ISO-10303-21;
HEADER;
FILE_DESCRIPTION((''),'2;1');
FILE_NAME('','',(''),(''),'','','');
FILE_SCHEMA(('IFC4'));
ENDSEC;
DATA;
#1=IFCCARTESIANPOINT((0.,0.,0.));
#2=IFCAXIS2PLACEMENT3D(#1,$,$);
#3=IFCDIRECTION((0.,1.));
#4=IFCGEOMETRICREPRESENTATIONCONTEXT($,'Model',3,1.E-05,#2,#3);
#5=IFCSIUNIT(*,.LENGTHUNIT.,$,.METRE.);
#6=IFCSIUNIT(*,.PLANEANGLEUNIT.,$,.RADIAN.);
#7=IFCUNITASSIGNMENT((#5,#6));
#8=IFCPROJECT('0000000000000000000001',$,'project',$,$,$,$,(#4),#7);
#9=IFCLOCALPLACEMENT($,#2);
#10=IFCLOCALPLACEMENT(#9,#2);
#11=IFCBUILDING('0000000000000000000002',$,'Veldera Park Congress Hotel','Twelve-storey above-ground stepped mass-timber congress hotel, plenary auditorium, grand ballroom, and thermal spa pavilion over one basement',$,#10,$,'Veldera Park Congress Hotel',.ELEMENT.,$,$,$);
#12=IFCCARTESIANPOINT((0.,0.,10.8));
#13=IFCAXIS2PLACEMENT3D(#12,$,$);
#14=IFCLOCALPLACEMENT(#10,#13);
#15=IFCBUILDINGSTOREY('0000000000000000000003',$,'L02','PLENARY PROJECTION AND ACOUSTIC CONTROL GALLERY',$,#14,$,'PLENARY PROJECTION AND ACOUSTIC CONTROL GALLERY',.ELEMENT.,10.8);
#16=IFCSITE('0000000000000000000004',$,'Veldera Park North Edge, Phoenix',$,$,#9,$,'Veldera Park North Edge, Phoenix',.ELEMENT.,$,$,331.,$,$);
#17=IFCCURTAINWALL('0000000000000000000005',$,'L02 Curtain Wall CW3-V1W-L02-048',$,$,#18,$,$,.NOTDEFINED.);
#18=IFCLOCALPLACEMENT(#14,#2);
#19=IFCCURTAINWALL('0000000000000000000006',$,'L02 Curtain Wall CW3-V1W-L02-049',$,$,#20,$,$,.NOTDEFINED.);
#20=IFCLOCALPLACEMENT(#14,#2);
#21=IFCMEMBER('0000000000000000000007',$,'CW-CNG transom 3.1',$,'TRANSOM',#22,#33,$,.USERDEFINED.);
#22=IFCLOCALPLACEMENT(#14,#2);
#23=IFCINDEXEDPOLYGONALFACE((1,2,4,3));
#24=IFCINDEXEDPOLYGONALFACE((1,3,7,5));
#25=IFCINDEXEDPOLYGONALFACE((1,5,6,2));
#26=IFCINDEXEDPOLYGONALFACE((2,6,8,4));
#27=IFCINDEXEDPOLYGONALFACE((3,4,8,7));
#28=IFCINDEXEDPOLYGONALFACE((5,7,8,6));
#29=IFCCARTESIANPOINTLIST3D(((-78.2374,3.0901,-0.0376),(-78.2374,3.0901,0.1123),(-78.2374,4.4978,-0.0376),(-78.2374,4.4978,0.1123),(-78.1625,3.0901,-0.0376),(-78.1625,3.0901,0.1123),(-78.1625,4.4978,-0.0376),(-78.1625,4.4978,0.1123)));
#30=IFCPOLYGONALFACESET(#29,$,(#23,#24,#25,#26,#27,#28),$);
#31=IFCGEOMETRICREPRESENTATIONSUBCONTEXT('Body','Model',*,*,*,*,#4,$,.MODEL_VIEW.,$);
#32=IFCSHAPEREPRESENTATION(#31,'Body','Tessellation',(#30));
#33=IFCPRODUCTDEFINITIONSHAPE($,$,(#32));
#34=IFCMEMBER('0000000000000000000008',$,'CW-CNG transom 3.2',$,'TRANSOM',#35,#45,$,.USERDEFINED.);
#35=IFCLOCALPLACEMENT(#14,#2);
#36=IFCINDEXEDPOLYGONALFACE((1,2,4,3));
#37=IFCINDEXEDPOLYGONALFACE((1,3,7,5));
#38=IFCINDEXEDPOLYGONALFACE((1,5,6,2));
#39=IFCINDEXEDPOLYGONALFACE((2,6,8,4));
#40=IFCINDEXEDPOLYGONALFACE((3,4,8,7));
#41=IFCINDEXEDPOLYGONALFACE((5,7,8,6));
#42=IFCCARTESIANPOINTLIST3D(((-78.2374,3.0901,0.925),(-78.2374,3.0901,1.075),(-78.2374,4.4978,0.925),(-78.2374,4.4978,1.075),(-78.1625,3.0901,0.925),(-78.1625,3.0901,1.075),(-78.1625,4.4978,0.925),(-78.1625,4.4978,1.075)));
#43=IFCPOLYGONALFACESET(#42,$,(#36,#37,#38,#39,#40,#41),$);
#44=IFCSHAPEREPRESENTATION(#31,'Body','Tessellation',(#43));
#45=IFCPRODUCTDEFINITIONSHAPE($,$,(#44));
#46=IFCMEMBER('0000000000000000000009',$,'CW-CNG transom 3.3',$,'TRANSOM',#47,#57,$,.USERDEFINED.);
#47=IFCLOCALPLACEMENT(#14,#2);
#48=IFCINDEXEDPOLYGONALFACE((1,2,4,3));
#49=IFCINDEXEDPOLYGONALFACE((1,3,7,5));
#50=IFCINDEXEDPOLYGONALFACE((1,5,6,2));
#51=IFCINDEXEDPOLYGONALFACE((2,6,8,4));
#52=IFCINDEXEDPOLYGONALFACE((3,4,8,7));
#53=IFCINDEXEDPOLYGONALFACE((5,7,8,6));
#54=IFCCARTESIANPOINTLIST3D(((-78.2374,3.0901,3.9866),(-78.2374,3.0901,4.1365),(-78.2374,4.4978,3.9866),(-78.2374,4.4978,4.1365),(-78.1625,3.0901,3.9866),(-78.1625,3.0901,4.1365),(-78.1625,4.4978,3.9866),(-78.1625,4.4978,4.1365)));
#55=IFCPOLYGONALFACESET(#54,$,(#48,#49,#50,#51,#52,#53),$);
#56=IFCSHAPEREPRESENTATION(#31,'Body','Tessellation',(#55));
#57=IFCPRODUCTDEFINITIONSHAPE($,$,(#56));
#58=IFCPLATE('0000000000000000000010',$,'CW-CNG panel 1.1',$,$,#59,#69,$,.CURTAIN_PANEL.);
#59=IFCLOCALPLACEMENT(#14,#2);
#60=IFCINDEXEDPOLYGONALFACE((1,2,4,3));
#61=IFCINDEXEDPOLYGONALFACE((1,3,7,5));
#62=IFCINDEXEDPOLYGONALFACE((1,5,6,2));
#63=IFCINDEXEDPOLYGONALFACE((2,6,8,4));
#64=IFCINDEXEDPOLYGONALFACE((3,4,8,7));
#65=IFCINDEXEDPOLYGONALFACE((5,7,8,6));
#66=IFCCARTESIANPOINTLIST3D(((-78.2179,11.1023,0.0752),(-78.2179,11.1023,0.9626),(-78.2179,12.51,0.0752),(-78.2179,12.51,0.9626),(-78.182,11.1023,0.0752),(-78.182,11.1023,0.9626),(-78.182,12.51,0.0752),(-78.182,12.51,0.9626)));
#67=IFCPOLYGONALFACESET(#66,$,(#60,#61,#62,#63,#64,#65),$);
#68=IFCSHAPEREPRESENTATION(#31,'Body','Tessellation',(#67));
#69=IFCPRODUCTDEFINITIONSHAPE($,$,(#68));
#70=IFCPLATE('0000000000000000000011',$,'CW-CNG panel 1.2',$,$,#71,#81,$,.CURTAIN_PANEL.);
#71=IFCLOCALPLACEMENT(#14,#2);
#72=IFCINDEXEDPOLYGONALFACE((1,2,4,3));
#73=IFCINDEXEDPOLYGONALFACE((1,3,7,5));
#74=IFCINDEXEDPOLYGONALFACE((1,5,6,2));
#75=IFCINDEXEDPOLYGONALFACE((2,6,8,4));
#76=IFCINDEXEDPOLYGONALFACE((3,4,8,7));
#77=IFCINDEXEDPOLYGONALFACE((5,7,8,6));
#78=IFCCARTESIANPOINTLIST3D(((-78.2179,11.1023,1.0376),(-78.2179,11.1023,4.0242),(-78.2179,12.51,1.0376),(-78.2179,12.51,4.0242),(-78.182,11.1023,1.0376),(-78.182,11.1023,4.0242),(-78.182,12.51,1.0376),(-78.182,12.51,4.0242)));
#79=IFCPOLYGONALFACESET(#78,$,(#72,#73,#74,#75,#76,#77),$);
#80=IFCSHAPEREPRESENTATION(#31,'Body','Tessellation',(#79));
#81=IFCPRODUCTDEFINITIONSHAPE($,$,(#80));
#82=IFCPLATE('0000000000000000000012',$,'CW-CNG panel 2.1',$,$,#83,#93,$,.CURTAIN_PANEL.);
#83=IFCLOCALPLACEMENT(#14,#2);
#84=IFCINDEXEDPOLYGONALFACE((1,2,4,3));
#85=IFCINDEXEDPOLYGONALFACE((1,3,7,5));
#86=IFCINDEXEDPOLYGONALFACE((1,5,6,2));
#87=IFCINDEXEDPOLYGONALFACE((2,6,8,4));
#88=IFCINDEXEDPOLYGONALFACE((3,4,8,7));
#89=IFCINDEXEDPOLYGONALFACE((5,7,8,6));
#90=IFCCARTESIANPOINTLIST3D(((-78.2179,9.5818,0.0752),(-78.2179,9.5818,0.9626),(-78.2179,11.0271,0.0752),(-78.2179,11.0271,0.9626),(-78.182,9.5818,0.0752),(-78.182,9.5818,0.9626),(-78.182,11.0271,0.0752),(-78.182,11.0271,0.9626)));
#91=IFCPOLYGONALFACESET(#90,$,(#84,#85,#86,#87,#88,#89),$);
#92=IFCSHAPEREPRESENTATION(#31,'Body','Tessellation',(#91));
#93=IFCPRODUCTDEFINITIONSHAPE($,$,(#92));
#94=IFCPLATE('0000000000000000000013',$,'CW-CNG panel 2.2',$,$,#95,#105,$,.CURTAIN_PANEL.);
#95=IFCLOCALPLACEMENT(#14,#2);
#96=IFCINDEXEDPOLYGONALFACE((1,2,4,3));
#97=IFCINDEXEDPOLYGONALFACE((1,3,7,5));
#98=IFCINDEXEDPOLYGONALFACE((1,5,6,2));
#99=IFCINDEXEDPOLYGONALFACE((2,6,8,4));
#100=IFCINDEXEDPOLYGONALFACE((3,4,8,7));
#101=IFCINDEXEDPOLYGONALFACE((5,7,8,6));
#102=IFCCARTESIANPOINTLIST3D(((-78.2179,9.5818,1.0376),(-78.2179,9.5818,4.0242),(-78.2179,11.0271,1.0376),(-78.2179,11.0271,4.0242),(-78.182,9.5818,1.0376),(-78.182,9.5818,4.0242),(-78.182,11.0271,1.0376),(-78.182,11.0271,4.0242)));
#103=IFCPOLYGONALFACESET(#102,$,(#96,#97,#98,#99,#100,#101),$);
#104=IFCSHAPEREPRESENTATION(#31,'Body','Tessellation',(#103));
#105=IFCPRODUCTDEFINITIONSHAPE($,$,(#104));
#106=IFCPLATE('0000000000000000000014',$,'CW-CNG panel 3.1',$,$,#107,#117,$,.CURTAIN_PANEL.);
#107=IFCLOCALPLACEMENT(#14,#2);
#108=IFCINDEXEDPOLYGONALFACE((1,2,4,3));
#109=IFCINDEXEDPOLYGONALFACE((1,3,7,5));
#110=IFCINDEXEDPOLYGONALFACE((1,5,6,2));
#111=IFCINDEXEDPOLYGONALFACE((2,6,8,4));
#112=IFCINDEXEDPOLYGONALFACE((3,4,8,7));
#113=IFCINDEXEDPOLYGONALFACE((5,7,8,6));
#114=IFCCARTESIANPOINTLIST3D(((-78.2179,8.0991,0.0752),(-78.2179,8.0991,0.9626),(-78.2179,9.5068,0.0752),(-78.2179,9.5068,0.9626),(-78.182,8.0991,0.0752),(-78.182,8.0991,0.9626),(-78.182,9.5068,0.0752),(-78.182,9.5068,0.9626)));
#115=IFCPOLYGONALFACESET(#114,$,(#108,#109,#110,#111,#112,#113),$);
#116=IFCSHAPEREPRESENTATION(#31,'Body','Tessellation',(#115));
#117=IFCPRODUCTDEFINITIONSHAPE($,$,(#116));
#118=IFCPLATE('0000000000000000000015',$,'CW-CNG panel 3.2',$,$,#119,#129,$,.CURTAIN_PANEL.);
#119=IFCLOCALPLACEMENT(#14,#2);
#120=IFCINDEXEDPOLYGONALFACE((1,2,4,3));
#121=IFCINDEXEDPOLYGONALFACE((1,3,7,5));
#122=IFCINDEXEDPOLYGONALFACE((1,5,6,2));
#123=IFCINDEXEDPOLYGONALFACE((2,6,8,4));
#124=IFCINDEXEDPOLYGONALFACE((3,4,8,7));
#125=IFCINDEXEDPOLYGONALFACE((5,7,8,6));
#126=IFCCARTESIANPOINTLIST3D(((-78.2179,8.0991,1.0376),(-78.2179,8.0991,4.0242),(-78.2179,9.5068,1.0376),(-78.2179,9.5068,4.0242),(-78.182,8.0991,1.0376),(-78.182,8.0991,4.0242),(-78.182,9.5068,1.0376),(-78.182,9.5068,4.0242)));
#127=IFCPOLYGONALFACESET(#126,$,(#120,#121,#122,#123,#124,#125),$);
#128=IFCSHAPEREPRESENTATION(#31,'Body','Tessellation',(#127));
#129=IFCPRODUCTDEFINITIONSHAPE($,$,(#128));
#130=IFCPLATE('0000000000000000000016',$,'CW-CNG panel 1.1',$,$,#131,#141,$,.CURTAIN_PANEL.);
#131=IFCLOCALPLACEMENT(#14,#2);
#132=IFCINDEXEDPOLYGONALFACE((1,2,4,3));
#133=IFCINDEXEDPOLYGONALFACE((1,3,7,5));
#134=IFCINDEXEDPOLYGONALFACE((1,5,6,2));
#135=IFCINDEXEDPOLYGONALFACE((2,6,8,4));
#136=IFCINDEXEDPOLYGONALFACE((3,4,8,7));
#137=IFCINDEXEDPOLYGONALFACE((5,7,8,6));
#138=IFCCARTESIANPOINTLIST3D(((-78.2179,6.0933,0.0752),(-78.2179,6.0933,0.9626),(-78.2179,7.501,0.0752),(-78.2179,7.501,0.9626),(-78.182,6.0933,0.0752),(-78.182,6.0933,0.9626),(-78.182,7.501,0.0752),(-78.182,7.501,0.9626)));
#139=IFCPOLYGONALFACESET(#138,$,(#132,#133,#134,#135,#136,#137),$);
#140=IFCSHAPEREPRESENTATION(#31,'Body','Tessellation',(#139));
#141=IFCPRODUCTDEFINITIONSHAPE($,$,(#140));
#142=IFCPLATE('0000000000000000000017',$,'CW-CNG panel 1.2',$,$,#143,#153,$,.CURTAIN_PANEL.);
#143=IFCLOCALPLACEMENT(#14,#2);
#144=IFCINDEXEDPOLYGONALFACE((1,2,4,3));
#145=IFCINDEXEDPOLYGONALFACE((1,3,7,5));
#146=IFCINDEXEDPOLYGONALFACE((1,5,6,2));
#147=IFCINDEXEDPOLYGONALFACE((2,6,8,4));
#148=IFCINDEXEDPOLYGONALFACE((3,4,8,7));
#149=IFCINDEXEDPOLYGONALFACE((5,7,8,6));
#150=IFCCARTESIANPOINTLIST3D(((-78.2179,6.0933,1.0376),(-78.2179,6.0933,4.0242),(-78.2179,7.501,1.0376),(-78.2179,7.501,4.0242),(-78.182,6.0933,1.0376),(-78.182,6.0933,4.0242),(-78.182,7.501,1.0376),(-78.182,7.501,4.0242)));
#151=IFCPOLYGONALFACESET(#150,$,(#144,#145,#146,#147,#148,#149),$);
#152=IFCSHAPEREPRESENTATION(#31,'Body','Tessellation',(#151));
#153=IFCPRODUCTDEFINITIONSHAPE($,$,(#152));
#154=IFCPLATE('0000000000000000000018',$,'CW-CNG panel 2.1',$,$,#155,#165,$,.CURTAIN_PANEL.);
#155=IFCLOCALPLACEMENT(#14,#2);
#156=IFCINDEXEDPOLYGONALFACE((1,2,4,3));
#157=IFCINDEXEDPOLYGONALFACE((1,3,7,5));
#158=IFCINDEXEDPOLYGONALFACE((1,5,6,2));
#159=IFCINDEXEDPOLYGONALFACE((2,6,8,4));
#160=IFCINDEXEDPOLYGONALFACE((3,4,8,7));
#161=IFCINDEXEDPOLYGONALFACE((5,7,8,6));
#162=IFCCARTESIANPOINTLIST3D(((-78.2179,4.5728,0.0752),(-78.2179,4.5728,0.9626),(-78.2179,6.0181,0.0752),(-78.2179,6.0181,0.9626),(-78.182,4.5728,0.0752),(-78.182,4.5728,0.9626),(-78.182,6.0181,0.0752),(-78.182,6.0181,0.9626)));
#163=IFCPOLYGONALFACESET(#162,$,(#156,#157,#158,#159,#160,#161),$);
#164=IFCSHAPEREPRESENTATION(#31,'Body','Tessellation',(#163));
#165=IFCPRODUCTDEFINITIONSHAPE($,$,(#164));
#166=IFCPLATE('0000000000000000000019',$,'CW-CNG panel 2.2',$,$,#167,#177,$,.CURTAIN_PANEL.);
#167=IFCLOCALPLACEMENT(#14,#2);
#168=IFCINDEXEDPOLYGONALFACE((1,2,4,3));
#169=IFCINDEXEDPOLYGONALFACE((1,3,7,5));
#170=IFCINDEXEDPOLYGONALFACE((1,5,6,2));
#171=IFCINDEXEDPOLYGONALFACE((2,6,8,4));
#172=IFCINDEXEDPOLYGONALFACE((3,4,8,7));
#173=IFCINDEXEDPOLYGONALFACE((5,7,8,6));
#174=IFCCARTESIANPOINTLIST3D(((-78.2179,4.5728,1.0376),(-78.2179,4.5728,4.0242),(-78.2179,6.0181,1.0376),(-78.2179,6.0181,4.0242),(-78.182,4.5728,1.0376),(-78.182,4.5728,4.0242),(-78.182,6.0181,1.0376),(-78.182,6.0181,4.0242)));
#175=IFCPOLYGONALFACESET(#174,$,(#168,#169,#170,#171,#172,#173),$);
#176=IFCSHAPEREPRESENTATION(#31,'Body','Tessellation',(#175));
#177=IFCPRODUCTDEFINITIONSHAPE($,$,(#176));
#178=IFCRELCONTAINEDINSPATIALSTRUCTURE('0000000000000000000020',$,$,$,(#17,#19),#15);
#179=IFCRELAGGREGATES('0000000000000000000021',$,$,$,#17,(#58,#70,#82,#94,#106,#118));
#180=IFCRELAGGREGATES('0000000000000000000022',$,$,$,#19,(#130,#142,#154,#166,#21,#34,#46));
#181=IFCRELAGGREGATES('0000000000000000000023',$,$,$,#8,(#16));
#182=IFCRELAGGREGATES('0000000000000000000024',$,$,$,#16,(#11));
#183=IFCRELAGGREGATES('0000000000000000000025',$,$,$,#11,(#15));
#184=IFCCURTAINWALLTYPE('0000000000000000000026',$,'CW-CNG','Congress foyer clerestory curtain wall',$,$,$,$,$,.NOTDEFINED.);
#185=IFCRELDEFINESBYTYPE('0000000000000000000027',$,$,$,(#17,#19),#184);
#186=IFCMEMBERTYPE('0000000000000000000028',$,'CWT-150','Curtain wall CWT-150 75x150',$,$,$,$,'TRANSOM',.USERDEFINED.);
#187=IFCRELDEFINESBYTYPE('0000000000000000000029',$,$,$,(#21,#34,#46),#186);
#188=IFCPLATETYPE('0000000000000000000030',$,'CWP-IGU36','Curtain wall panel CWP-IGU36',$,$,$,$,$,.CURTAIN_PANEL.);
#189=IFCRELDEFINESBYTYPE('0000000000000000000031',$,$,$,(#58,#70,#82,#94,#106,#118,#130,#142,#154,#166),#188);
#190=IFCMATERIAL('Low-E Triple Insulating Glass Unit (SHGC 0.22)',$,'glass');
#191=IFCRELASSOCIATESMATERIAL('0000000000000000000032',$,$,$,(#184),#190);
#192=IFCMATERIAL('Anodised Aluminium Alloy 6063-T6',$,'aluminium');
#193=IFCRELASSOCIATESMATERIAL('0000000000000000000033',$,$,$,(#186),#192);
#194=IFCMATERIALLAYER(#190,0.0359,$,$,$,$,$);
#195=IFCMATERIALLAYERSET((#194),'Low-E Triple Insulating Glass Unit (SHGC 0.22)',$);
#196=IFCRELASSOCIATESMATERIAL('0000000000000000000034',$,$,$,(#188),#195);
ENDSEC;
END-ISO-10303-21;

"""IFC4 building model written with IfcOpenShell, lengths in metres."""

from ifc_helpers import new_model, si_unit, direction, frame, origin, origin_2d, place, context, subcontext, project, spatial, rectangle, extrude, material, layer, layer_set, material_profile, profile_set, type_object, element, aggregate, save


model = new_model("IFC4")

# Units and contexts
model_context = context("Model", 3, precision=1e-05, world=origin(), true_north=direction((0.0, 1.0)))
body_context = subcontext(model_context, "Body", "Model", "MODEL_VIEW")
ifc_project = project(units=[si_unit("LENGTHUNIT", "METRE"), si_unit("PLANEANGLEUNIT", "RADIAN")], contexts=[model_context])

# Site, building, storey
site_placement = place(None, origin())
site = spatial("IfcSite", under=ifc_project, at=site_placement, Name="Veldera Park North Edge, Phoenix", LongName="Veldera Park North Edge, Phoenix", CompositionType="ELEMENT", RefElevation=331.0)
building_placement = place(site_placement, origin())
building = spatial("IfcBuilding", under=site, at=building_placement, Name="Veldera Park Congress Hotel", Description="Twelve-storey above-ground stepped mass-timber congress hotel, plenary auditorium, grand ballroom, and thermal spa pavilion over one basement", LongName="Veldera Park Congress Hotel", CompositionType="ELEMENT")
storey_placement = place(building_placement, frame((0.0, 0.0, 10.8)))
storey = spatial("IfcBuildingStorey", under=building, at=storey_placement, Name="L02", Description="PLENARY PROJECTION AND ACOUSTIC CONTROL GALLERY", LongName="PLENARY PROJECTION AND ACOUSTIC CONTROL GALLERY", CompositionType="ELEMENT", Elevation=10.8)

# Curtain walls
ifc_material_1 = material(Name="Low-E Triple Insulating Glass Unit (SHGC 0.22)", Category="glass")
curtain_wall_type = type_object("IfcCurtainWallType", Name="CW-CNG", Description="Congress foyer clerestory curtain wall", PredefinedType="NOTDEFINED", material=ifc_material_1)
curtain_wall_1_placement = place(storey_placement, origin())
curtain_wall_1 = element("IfcCurtainWall", 1, at=curtain_wall_1_placement, inside=storey, type_object=curtain_wall_type, Name="L02 Curtain Wall CW3-V1W-L02-048", PredefinedType="NOTDEFINED")
ifc_material_2 = material(Name="Anodised Aluminium Alloy 6063-T6", Category="aluminium")
curtain_wall_2_placement = place(storey_placement, origin())
curtain_wall_2 = element("IfcCurtainWall", 2, at=curtain_wall_2_placement, inside=storey, type_object=curtain_wall_type, Name="L02 Curtain Wall CW3-V1W-L02-049", PredefinedType="NOTDEFINED")

# Members
ifc_material_profile_1 = material_profile(ifc_material_2, rectangle(XDim=0.075, YDim=0.1499, at=origin_2d()), Name="ALU 75x150")
ifc_profile_set_1 = profile_set([ifc_material_profile_1], Name="Anodised Aluminium Alloy 6063-T6")
member_type_1 = type_object("IfcMemberType", Name="CWT-150", Description="Curtain wall CWT-150 75x150", ElementType="TRANSOM", PredefinedType="USERDEFINED", material=ifc_profile_set_1)
member_1_placement = place(storey_placement, frame((-78.2, 4.4978, 0.0374), z_axis=(0.0, -1.0, 0.0), x_axis=(1.0, 0.0, 0.0)))
member_1 = element("IfcMember", 3, at=member_1_placement, type_object=member_type_1, Name="CW-CNG transom 3.1", ObjectType="TRANSOM", PredefinedType="USERDEFINED", context=body_context, shape_type="SweptSolid", body=[
    extrude(rectangle(XDim=0.075, YDim=0.1499, at=origin_2d()), origin(), (0.0, 0.0, 1.0), 1.4077),
])
member_2_placement = place(storey_placement, frame((-78.2, 4.4978, 1.0), z_axis=(0.0, -1.0, 0.0), x_axis=(1.0, 0.0, 0.0)))
member_2 = element("IfcMember", 4, at=member_2_placement, type_object=member_type_1, Name="CW-CNG transom 3.2", ObjectType="TRANSOM", PredefinedType="USERDEFINED", context=body_context, shape_type="SweptSolid", body=[
    extrude(rectangle(XDim=0.075, YDim=0.1499, at=origin_2d()), origin(), (0.0, 0.0, 1.0), 1.4077),
])
member_3_placement = place(storey_placement, frame((-78.2, 4.4978, 4.0615), z_axis=(0.0, -1.0, 0.0), x_axis=(1.0, 0.0, 0.0)))
member_3 = element("IfcMember", 5, at=member_3_placement, type_object=member_type_1, Name="CW-CNG transom 3.3", ObjectType="TRANSOM", PredefinedType="USERDEFINED", context=body_context, shape_type="SweptSolid", body=[
    extrude(rectangle(XDim=0.075, YDim=0.1499, at=origin_2d()), origin(), (0.0, 0.0, 1.0), 1.4077),
])

# Plates
ifc_layer = layer(ifc_material_1, 0.0359)
ifc_layer_set = layer_set([ifc_layer], Name="Low-E Triple Insulating Glass Unit (SHGC 0.22)")
plate_type = type_object("IfcPlateType", Name="CWP-IGU36", Description="Curtain wall panel CWP-IGU36", PredefinedType="CURTAIN_PANEL", material=ifc_layer_set)
plate_1_placement = place(storey_placement, frame((-78.2, 11.8062, 0.0752), z_axis=(0.0, 0.0, 1.0), x_axis=(0.0, -1.0, 0.0)))
plate_1 = element("IfcPlate", 6, at=plate_1_placement, type_object=plate_type, Name="CW-CNG panel 1.1", PredefinedType="CURTAIN_PANEL", context=body_context, shape_type="SweptSolid", body=[
    extrude(rectangle(XDim=1.4077, YDim=0.0359, at=origin_2d()), origin(), (0.0, 0.0, 1.0), 0.8875),
])
plate_2_placement = place(storey_placement, frame((-78.2, 11.8062, 1.0376), z_axis=(0.0, 0.0, 1.0), x_axis=(0.0, -1.0, 0.0)))
plate_2 = element("IfcPlate", 7, at=plate_2_placement, type_object=plate_type, Name="CW-CNG panel 1.2", PredefinedType="CURTAIN_PANEL", context=body_context, shape_type="SweptSolid", body=[
    extrude(rectangle(XDim=1.4077, YDim=0.0359, at=origin_2d()), origin(), (0.0, 0.0, 1.0), 2.9866),
])
plate_3_placement = place(storey_placement, frame((-78.2, 10.3044, 0.0752), z_axis=(0.0, 0.0, 1.0), x_axis=(0.0, -1.0, 0.0)))
plate_3 = element("IfcPlate", 8, at=plate_3_placement, type_object=plate_type, Name="CW-CNG panel 2.1", PredefinedType="CURTAIN_PANEL", context=body_context, shape_type="SweptSolid", body=[
    extrude(rectangle(XDim=1.4453, YDim=0.0359, at=origin_2d()), origin(), (0.0, 0.0, 1.0), 0.8875),
])
plate_4_placement = place(storey_placement, frame((-78.2, 10.3044, 1.0376), z_axis=(0.0, 0.0, 1.0), x_axis=(0.0, -1.0, 0.0)))
plate_4 = element("IfcPlate", 9, at=plate_4_placement, type_object=plate_type, Name="CW-CNG panel 2.2", PredefinedType="CURTAIN_PANEL", context=body_context, shape_type="SweptSolid", body=[
    extrude(rectangle(XDim=1.4453, YDim=0.0359, at=origin_2d()), origin(), (0.0, 0.0, 1.0), 2.9866),
])
plate_5_placement = place(storey_placement, frame((-78.2, 8.803, 0.0752), z_axis=(0.0, 0.0, 1.0), x_axis=(0.0, -1.0, 0.0)))
plate_5 = element("IfcPlate", 10, at=plate_5_placement, type_object=plate_type, Name="CW-CNG panel 3.1", PredefinedType="CURTAIN_PANEL", context=body_context, shape_type="SweptSolid", body=[
    extrude(rectangle(XDim=1.4077, YDim=0.0359, at=origin_2d()), origin(), (0.0, 0.0, 1.0), 0.8875),
])
plate_6_placement = place(storey_placement, frame((-78.2, 8.803, 1.0376), z_axis=(0.0, 0.0, 1.0), x_axis=(0.0, -1.0, 0.0)))
plate_6 = element("IfcPlate", 11, at=plate_6_placement, type_object=plate_type, Name="CW-CNG panel 3.2", PredefinedType="CURTAIN_PANEL", context=body_context, shape_type="SweptSolid", body=[
    extrude(rectangle(XDim=1.4077, YDim=0.0359, at=origin_2d()), origin(), (0.0, 0.0, 1.0), 2.9866),
])
aggregate(curtain_wall_1, [plate_1, plate_2, plate_3, plate_4, plate_5, plate_6])
plate_7_placement = place(storey_placement, frame((-78.2, 6.7971, 0.0752), z_axis=(0.0, 0.0, 1.0), x_axis=(0.0, -1.0, 0.0)))
plate_7 = element("IfcPlate", 12, at=plate_7_placement, type_object=plate_type, Name="CW-CNG panel 1.1", PredefinedType="CURTAIN_PANEL", context=body_context, shape_type="SweptSolid", body=[
    extrude(rectangle(XDim=1.4077, YDim=0.0359, at=origin_2d()), origin(), (0.0, 0.0, 1.0), 0.8875),
])
plate_8_placement = place(storey_placement, frame((-78.2, 6.7971, 1.0376), z_axis=(0.0, 0.0, 1.0), x_axis=(0.0, -1.0, 0.0)))
plate_8 = element("IfcPlate", 13, at=plate_8_placement, type_object=plate_type, Name="CW-CNG panel 1.2", PredefinedType="CURTAIN_PANEL", context=body_context, shape_type="SweptSolid", body=[
    extrude(rectangle(XDim=1.4077, YDim=0.0359, at=origin_2d()), origin(), (0.0, 0.0, 1.0), 2.9866),
])
plate_9_placement = place(storey_placement, frame((-78.2, 5.2954, 0.0752), z_axis=(0.0, 0.0, 1.0), x_axis=(0.0, -1.0, 0.0)))
plate_9 = element("IfcPlate", 14, at=plate_9_placement, type_object=plate_type, Name="CW-CNG panel 2.1", PredefinedType="CURTAIN_PANEL", context=body_context, shape_type="SweptSolid", body=[
    extrude(rectangle(XDim=1.4453, YDim=0.0359, at=origin_2d()), origin(), (0.0, 0.0, 1.0), 0.8875),
])
plate_10_placement = place(storey_placement, frame((-78.2, 5.2954, 1.0376), z_axis=(0.0, 0.0, 1.0), x_axis=(0.0, -1.0, 0.0)))
plate_10 = element("IfcPlate", 15, at=plate_10_placement, type_object=plate_type, Name="CW-CNG panel 2.2", PredefinedType="CURTAIN_PANEL", context=body_context, shape_type="SweptSolid", body=[
    extrude(rectangle(XDim=1.4453, YDim=0.0359, at=origin_2d()), origin(), (0.0, 0.0, 1.0), 2.9866),
])
aggregate(curtain_wall_2, [plate_7, plate_8, plate_9, plate_10, member_1, member_2, member_3])

save(model, "model.ifc")
